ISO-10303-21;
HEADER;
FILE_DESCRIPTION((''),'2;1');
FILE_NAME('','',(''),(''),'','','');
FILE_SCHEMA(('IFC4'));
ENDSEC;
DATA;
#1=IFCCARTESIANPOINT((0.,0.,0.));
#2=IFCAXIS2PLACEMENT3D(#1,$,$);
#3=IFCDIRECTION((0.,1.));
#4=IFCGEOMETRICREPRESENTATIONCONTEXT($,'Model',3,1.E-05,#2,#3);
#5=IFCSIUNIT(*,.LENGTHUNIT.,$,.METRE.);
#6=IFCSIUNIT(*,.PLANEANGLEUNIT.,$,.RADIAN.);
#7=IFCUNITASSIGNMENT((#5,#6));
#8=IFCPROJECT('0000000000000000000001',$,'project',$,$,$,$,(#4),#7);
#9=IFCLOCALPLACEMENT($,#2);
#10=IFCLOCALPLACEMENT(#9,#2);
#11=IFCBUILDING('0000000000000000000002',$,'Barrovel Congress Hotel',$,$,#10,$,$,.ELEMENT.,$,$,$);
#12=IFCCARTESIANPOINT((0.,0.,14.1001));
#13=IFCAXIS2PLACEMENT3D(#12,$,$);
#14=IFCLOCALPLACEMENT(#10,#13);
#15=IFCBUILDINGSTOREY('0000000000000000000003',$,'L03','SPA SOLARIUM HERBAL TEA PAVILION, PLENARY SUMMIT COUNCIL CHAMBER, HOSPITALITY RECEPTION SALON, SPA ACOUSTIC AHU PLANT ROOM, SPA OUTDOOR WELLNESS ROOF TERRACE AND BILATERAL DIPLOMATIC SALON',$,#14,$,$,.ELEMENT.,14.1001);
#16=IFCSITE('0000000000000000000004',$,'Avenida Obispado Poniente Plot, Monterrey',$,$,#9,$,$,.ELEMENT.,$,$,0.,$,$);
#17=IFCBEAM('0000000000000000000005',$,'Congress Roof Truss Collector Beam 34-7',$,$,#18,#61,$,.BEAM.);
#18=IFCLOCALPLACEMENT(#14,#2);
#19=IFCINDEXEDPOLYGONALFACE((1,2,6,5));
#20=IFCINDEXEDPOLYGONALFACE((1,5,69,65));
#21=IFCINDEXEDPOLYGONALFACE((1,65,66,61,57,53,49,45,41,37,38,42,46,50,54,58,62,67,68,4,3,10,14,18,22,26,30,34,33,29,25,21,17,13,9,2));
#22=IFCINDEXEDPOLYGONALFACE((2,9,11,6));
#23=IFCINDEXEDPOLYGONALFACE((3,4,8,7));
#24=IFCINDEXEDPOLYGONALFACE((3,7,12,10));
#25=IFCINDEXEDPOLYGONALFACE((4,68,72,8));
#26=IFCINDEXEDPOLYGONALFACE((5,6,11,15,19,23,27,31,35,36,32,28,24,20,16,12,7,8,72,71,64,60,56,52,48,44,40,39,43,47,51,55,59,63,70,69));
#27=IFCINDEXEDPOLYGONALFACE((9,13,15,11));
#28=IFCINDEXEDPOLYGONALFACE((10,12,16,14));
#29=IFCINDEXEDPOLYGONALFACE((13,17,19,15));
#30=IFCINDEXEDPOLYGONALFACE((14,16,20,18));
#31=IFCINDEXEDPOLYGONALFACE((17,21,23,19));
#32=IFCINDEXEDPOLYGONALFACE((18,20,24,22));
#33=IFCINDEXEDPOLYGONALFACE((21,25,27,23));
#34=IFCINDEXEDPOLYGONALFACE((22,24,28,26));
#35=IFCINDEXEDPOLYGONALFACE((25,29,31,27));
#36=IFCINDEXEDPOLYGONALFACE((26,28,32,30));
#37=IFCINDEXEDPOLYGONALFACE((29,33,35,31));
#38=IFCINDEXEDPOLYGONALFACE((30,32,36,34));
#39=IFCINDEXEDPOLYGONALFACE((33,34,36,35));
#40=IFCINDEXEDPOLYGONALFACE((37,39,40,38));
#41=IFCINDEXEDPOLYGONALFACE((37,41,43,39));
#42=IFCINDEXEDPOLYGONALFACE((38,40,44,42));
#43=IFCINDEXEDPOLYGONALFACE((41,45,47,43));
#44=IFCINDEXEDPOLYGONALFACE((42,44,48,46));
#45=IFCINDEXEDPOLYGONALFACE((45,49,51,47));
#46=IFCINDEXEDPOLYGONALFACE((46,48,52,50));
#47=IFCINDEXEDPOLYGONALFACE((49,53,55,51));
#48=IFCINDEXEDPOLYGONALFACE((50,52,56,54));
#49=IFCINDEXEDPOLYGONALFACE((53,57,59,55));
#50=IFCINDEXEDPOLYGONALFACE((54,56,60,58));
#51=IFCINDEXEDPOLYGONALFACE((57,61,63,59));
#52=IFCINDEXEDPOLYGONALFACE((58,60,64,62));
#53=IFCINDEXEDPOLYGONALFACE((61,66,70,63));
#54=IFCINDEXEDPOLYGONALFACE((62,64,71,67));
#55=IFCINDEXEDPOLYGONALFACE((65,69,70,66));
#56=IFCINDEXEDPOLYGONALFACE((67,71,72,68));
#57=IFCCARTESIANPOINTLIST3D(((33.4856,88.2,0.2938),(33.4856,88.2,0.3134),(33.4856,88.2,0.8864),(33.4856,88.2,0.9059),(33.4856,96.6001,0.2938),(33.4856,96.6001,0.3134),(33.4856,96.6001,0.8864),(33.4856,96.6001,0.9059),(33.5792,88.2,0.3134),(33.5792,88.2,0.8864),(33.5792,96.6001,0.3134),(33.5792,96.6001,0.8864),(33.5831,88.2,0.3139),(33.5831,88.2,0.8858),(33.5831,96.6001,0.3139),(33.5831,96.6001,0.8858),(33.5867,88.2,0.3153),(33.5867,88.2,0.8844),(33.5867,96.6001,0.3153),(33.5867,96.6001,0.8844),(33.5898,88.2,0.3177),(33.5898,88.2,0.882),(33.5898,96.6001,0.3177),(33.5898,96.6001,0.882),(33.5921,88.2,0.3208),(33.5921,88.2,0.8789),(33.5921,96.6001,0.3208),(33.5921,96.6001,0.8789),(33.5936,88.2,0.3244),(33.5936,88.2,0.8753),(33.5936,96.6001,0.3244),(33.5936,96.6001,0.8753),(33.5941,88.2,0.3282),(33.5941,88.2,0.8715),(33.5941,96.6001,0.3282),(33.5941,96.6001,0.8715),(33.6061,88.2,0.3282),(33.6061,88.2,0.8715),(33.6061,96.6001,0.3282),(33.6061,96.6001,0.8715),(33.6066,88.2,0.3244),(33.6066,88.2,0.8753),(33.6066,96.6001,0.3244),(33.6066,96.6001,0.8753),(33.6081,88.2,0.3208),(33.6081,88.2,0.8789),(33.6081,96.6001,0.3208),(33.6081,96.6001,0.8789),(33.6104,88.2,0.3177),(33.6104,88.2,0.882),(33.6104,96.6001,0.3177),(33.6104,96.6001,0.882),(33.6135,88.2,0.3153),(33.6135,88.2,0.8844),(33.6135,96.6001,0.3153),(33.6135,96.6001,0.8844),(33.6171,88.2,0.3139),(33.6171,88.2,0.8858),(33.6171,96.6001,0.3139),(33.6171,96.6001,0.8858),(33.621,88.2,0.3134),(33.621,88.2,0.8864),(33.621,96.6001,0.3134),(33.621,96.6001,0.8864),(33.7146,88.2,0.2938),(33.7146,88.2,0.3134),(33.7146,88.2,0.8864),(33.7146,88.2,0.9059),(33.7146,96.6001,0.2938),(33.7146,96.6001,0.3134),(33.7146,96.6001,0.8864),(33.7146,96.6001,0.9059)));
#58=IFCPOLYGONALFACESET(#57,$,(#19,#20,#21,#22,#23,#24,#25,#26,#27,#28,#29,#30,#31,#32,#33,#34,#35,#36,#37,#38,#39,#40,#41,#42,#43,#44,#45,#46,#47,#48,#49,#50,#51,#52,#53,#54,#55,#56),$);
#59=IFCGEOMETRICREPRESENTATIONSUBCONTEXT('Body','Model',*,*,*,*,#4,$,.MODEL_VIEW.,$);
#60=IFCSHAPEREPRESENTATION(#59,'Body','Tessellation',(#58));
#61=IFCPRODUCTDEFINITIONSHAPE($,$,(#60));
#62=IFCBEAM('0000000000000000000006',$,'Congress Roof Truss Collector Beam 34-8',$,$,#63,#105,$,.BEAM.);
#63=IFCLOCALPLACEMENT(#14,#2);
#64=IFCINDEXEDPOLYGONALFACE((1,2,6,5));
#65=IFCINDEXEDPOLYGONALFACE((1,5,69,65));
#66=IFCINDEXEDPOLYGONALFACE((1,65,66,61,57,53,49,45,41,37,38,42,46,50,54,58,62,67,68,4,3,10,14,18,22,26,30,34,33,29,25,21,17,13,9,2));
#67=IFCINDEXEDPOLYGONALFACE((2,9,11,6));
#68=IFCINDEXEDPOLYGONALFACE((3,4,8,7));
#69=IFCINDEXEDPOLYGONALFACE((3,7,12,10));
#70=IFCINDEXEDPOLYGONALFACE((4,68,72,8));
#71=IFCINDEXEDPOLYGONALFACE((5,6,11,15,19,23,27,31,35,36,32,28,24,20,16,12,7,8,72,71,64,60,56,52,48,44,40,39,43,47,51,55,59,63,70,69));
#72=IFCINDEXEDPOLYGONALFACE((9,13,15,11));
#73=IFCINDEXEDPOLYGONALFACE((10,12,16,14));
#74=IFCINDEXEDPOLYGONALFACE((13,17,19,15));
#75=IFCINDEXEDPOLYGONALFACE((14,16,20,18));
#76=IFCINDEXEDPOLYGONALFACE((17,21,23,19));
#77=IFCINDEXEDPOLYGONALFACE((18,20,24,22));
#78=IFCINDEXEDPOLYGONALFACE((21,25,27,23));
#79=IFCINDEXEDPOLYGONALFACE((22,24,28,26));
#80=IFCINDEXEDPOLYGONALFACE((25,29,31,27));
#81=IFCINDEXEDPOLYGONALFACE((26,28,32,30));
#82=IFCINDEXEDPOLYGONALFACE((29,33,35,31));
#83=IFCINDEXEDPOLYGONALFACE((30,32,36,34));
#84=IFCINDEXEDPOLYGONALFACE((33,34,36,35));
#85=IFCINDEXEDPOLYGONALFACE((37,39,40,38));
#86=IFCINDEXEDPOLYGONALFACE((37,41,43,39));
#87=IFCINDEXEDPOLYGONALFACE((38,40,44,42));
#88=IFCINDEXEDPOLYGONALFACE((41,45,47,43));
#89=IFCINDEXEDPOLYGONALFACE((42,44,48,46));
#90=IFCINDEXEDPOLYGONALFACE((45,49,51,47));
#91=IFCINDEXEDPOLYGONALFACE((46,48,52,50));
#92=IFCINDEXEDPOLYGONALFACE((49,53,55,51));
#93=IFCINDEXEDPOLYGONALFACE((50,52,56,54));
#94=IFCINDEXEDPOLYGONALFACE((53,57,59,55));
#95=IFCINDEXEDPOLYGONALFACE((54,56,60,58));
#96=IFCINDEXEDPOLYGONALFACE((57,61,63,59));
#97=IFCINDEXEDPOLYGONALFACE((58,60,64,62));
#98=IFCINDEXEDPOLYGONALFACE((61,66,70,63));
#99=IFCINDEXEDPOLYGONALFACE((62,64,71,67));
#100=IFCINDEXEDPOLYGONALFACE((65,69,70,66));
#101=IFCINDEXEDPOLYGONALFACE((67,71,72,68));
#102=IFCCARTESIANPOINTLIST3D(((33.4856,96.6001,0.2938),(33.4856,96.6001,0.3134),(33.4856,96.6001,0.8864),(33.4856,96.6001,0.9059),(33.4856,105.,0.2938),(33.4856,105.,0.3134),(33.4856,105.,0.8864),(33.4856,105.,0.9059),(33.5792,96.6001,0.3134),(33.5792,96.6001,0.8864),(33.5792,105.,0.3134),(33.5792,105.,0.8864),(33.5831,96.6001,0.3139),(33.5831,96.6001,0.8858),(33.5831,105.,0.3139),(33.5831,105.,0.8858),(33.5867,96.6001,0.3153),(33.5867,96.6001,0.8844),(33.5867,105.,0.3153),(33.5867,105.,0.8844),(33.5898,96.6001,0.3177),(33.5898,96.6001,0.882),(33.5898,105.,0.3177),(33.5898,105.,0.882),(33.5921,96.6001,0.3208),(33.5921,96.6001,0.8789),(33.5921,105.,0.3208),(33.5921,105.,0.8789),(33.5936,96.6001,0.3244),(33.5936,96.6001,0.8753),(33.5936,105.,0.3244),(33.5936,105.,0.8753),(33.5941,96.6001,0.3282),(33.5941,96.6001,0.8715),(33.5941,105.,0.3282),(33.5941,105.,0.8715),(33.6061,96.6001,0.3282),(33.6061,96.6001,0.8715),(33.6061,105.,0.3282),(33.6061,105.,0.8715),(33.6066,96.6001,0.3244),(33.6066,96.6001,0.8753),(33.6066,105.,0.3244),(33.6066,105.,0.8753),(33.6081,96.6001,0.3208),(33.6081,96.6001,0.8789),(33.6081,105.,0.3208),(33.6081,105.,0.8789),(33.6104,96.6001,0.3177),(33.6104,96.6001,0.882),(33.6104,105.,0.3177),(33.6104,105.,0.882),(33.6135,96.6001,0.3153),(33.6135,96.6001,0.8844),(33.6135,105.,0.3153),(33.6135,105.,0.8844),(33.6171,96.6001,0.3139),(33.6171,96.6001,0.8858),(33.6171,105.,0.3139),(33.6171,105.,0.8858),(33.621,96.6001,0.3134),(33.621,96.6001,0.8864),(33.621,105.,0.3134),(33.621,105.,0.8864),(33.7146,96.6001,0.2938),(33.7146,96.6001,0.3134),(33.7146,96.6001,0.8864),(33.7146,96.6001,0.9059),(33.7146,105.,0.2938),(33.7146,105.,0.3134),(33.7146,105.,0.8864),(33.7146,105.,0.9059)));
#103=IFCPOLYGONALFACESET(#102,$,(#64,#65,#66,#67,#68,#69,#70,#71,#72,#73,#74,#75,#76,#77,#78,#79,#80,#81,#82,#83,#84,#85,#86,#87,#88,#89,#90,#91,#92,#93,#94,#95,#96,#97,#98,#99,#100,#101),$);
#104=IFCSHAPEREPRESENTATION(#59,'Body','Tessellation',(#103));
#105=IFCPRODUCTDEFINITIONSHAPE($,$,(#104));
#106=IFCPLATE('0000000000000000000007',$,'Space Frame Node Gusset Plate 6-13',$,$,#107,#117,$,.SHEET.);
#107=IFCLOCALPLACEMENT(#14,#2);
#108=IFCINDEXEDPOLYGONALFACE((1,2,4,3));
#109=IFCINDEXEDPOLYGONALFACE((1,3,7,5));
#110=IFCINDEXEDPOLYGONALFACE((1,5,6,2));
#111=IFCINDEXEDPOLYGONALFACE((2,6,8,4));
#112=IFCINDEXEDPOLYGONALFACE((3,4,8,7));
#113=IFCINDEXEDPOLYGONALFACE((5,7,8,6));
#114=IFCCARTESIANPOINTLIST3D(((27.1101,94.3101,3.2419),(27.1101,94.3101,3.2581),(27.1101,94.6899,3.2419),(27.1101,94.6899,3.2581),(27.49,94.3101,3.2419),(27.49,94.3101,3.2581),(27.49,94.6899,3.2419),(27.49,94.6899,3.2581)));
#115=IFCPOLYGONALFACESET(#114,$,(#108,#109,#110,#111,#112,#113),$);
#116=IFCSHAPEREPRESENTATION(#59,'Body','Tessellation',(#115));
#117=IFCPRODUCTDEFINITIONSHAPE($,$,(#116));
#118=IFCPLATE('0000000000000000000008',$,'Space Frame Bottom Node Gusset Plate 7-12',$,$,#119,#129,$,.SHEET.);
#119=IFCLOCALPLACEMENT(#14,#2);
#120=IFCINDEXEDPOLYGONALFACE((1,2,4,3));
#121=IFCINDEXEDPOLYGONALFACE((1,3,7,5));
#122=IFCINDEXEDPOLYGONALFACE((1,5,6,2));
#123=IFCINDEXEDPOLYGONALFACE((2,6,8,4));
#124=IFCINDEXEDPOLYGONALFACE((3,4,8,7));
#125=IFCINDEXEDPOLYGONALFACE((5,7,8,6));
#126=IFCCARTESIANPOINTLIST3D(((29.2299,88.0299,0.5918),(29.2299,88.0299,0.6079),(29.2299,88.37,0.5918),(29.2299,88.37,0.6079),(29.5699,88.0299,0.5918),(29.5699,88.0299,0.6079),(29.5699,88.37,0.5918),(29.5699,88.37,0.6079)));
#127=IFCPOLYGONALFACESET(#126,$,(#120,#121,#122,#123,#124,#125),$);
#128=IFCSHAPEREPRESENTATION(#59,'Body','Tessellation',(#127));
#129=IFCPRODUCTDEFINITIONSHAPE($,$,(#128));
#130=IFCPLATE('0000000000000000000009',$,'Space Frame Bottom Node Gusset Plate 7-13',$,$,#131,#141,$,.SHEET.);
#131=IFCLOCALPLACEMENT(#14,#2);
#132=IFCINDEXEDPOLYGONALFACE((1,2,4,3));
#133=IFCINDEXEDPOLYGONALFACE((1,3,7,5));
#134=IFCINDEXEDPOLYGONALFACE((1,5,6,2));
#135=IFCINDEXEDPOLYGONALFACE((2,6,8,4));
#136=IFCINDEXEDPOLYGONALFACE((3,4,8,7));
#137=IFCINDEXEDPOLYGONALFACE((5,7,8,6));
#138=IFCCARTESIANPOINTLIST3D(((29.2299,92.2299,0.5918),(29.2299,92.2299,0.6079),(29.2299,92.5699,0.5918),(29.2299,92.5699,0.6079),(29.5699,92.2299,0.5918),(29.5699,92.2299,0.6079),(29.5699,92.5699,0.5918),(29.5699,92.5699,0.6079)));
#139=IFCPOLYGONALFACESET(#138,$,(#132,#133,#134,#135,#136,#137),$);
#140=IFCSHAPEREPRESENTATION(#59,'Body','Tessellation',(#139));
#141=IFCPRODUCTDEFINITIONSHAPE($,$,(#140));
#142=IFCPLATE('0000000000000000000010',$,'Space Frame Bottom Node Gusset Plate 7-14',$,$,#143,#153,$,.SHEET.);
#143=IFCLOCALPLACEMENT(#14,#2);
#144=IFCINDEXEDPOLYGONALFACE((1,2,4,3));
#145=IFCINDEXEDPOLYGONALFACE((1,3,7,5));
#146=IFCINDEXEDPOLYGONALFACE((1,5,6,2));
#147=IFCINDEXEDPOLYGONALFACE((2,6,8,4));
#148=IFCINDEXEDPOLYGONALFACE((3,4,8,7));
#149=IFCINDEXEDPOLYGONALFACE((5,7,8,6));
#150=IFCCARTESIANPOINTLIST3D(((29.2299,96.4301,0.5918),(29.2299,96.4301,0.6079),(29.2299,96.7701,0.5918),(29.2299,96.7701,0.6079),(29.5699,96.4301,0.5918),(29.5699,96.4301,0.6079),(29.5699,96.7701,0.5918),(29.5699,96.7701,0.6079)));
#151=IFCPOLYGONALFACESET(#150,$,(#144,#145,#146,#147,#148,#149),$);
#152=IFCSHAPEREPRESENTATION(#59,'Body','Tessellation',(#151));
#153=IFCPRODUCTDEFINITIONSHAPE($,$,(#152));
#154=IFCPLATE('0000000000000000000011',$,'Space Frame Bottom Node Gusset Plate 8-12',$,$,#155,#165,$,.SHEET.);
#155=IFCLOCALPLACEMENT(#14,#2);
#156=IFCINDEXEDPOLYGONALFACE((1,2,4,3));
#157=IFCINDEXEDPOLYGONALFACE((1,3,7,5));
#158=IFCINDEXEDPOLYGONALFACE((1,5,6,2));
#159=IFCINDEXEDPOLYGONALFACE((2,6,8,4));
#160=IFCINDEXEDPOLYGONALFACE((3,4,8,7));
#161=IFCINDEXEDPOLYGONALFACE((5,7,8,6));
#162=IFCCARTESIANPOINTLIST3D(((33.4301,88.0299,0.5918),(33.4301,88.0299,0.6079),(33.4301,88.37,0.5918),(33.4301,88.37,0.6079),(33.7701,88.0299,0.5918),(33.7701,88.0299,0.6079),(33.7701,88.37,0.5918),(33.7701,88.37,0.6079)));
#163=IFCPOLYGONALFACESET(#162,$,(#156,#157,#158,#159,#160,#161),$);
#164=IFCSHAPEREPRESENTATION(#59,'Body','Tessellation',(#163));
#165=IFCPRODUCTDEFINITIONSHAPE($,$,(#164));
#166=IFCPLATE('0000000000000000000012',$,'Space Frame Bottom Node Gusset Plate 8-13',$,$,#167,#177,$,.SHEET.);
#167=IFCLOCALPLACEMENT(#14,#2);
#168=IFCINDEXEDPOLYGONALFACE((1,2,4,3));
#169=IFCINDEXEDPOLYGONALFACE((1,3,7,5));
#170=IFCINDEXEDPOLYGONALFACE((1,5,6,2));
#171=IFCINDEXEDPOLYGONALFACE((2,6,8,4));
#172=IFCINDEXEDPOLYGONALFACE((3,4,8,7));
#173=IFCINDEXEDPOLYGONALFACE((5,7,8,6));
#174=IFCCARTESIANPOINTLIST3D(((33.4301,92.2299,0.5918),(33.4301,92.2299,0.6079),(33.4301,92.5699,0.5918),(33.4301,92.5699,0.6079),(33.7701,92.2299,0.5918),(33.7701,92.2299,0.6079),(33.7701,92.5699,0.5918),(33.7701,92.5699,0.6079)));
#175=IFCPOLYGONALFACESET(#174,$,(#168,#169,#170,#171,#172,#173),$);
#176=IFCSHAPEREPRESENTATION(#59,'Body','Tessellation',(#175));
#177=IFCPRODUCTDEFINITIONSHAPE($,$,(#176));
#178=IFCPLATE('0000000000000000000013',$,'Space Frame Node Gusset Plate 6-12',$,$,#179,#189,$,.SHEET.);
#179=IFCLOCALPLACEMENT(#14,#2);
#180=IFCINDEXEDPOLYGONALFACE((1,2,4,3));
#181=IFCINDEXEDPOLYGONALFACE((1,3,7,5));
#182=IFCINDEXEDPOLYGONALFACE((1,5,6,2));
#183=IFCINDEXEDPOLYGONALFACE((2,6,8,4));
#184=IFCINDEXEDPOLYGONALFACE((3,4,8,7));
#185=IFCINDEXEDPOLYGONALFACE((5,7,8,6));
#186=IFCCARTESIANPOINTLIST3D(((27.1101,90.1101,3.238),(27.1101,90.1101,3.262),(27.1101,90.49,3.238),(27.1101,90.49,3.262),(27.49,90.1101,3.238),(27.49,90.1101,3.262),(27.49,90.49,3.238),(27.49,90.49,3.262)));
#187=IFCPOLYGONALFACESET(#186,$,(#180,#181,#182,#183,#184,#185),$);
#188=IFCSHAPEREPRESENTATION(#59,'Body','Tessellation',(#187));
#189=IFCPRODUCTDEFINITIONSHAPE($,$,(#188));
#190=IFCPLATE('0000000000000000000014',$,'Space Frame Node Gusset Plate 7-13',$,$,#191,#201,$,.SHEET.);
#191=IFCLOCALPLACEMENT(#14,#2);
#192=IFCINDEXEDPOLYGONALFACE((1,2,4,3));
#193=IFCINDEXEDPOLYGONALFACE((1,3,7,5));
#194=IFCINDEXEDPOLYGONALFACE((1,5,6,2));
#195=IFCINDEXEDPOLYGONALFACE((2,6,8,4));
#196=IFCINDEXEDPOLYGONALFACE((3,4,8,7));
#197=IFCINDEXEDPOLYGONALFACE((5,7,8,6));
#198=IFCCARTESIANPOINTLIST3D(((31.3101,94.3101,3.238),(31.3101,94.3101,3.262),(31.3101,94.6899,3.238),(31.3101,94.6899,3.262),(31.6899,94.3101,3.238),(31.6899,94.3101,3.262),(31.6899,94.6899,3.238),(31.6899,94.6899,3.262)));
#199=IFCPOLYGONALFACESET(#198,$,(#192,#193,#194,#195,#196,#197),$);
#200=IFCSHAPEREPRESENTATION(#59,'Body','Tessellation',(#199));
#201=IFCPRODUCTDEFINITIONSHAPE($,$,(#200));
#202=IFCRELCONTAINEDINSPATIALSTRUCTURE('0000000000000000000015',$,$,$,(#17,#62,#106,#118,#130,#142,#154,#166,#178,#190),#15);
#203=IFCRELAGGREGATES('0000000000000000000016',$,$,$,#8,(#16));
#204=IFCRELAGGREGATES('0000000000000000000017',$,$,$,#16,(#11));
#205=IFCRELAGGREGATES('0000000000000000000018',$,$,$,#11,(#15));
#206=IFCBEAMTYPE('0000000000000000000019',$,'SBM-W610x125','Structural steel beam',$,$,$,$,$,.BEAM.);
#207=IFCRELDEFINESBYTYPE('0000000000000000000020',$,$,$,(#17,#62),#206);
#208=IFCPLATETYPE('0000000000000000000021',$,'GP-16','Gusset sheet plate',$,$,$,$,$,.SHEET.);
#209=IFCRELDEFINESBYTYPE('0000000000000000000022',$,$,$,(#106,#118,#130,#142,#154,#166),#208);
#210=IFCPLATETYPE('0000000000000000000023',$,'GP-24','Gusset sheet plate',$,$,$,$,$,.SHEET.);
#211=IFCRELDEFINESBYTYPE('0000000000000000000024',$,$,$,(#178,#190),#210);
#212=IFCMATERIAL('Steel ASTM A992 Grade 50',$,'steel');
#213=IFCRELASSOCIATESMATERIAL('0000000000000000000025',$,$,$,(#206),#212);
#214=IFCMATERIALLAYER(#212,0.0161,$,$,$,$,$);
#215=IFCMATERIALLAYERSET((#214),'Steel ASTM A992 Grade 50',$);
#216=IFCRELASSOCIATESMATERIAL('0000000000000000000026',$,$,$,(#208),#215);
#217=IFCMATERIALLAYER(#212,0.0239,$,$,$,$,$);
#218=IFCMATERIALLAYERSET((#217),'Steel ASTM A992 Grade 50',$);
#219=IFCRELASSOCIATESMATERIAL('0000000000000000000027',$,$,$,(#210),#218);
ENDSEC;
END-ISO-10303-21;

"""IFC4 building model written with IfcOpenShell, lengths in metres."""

from ifc_helpers import new_model, si_unit, direction, frame, origin, origin_2d, place, context, subcontext, project, spatial, rectangle, i_section, extrude, material, layer, layer_set, material_profile, profile_set, type_object, element, save


model = new_model("IFC4")

# Units and contexts
model_context = context("Model", 3, precision=1e-05, world=origin(), true_north=direction((0.0, 1.0)))
body_context = subcontext(model_context, "Body", "Model", "MODEL_VIEW")
ifc_project = project(units=[si_unit("LENGTHUNIT", "METRE"), si_unit("PLANEANGLEUNIT", "RADIAN")], contexts=[model_context])

# Site, building, storey
site_placement = place(None, origin())
site = spatial("IfcSite", under=ifc_project, at=site_placement, Name="Avenida Obispado Poniente Plot, Monterrey", CompositionType="ELEMENT", RefElevation=0.0)
building_placement = place(site_placement, origin())
building = spatial("IfcBuilding", under=site, at=building_placement, Name="Barrovel Congress Hotel", CompositionType="ELEMENT")
storey_placement = place(building_placement, frame((0.0, 0.0, 14.1001)))
storey = spatial("IfcBuildingStorey", under=building, at=storey_placement, Name="L03", Description="SPA SOLARIUM HERBAL TEA PAVILION, PLENARY SUMMIT COUNCIL CHAMBER, HOSPITALITY RECEPTION SALON, SPA ACOUSTIC AHU PLANT ROOM, SPA OUTDOOR WELLNESS ROOF TERRACE AND BILATERAL DIPLOMATIC SALON", CompositionType="ELEMENT", Elevation=14.1001)

# Beams
ifc_material_1 = material(Name="Steel ASTM A992 Grade 50", Category="steel")
ifc_material_profile_1 = material_profile(ifc_material_1, i_section(OverallWidth=0.229, OverallDepth=0.6121, WebThickness=0.012, FlangeThickness=0.0195, FilletRadius=0.0149, at=origin_2d()), Name="W610x125")
ifc_profile_set_1 = profile_set([ifc_material_profile_1], Name="Steel ASTM A992 Grade 50")
beam_type_1 = type_object("IfcBeamType", Name="SBM-W610x125", Description="Structural steel beam", PredefinedType="BEAM", material=ifc_profile_set_1)
beam_1_placement = place(storey_placement, frame((33.6001, 88.2, 0.5999), z_axis=(0.0, 1.0, 0.0), x_axis=(-1.0, 0.0, 0.0)))
element("IfcBeam", 1, at=beam_1_placement, inside=storey, type_object=beam_type_1, Name="Congress Roof Truss Collector Beam 34-7", PredefinedType="BEAM", context=body_context, shape_type="SweptSolid", body=[
    extrude(i_section(OverallWidth=0.229, OverallDepth=0.6121, WebThickness=0.012, FlangeThickness=0.0195, FilletRadius=0.0149, at=origin_2d()), origin(), (0.0, 0.0, 1.0), 8.4001),
])
beam_2_placement = place(storey_placement, frame((33.6001, 96.6001, 0.5999), z_axis=(0.0, 1.0, 0.0), x_axis=(-1.0, 0.0, 0.0)))
element("IfcBeam", 2, at=beam_2_placement, inside=storey, type_object=beam_type_1, Name="Congress Roof Truss Collector Beam 34-8", PredefinedType="BEAM", context=body_context, shape_type="SweptSolid", body=[
    extrude(i_section(OverallWidth=0.229, OverallDepth=0.6121, WebThickness=0.012, FlangeThickness=0.0195, FilletRadius=0.0149, at=origin_2d()), origin(), (0.0, 0.0, 1.0), 8.3999),
])

# Plates
ifc_layer_1 = layer(ifc_material_1, 0.0161)
ifc_layer_set_1 = layer_set([ifc_layer_1], Name="Steel ASTM A992 Grade 50")
plate_type_1 = type_object("IfcPlateType", Name="GP-16", Description="Gusset sheet plate", PredefinedType="SHEET", material=ifc_layer_set_1)
plate_1_placement = place(storey_placement, frame((27.3, 94.5, 3.2419), z_axis=(0.0, 0.0, 1.0), x_axis=(1.0, 0.0, 0.0)))
element("IfcPlate", 3, at=plate_1_placement, inside=storey, type_object=plate_type_1, Name="Space Frame Node Gusset Plate 6-13", PredefinedType="SHEET", context=body_context, shape_type="SweptSolid", body=[
    extrude(rectangle(XDim=0.3799, YDim=0.3799, at=origin_2d()), origin(), (0.0, 0.0, 1.0), 0.0161),
])
for number, where, z_axis, x_axis, name in (
    (4, (29.3999, 88.2, 0.5918), (0.0, 0.0, 1.0), (1.0, 0.0, 0.0), "Space Frame Bottom Node Gusset Plate 7-12"),
    (5, (29.3999, 92.3999, 0.5918), (0.0, 0.0, 1.0), (1.0, 0.0, 0.0), "Space Frame Bottom Node Gusset Plate 7-13"),
    (6, (29.3999, 96.6001, 0.5918), (0.0, 0.0, 1.0), (1.0, 0.0, 0.0), "Space Frame Bottom Node Gusset Plate 7-14"),
    (7, (33.6001, 88.2, 0.5918), (0.0, 0.0, 1.0), (1.0, 0.0, 0.0), "Space Frame Bottom Node Gusset Plate 8-12"),
    (8, (33.6001, 92.3999, 0.5918), (0.0, 0.0, 1.0), (1.0, 0.0, 0.0), "Space Frame Bottom Node Gusset Plate 8-13"),
):
    element("IfcPlate", number, at=place(storey_placement, frame(where, z_axis=z_axis, x_axis=x_axis)), inside=storey, type_object=plate_type_1, Name=name, PredefinedType="SHEET", context=body_context, shape_type="SweptSolid", body=[
        extrude(rectangle(XDim=0.3401, YDim=0.3401, at=origin_2d()), origin(), (0.0, 0.0, 1.0), 0.0161),
    ])
ifc_layer_2 = layer(ifc_material_1, 0.0239)
ifc_layer_set_2 = layer_set([ifc_layer_2], Name="Steel ASTM A992 Grade 50")
plate_type_2 = type_object("IfcPlateType", Name="GP-24", Description="Gusset sheet plate", PredefinedType="SHEET", material=ifc_layer_set_2)
for number, where, z_axis, x_axis, name in (
    (9, (27.3, 90.3, 3.238), (0.0, 0.0, 1.0), (1.0, 0.0, 0.0), "Space Frame Node Gusset Plate 6-12"),
    (10, (31.5, 94.5, 3.238), (0.0, 0.0, 1.0), (1.0, 0.0, 0.0), "Space Frame Node Gusset Plate 7-13"),
):
    element("IfcPlate", number, at=place(storey_placement, frame(where, z_axis=z_axis, x_axis=x_axis)), inside=storey, type_object=plate_type_2, Name=name, PredefinedType="SHEET", context=body_context, shape_type="SweptSolid", body=[
        extrude(rectangle(XDim=0.3799, YDim=0.3799, at=origin_2d()), origin(), (0.0, 0.0, 1.0), 0.0239),
    ])

save(model, "model.ifc")
